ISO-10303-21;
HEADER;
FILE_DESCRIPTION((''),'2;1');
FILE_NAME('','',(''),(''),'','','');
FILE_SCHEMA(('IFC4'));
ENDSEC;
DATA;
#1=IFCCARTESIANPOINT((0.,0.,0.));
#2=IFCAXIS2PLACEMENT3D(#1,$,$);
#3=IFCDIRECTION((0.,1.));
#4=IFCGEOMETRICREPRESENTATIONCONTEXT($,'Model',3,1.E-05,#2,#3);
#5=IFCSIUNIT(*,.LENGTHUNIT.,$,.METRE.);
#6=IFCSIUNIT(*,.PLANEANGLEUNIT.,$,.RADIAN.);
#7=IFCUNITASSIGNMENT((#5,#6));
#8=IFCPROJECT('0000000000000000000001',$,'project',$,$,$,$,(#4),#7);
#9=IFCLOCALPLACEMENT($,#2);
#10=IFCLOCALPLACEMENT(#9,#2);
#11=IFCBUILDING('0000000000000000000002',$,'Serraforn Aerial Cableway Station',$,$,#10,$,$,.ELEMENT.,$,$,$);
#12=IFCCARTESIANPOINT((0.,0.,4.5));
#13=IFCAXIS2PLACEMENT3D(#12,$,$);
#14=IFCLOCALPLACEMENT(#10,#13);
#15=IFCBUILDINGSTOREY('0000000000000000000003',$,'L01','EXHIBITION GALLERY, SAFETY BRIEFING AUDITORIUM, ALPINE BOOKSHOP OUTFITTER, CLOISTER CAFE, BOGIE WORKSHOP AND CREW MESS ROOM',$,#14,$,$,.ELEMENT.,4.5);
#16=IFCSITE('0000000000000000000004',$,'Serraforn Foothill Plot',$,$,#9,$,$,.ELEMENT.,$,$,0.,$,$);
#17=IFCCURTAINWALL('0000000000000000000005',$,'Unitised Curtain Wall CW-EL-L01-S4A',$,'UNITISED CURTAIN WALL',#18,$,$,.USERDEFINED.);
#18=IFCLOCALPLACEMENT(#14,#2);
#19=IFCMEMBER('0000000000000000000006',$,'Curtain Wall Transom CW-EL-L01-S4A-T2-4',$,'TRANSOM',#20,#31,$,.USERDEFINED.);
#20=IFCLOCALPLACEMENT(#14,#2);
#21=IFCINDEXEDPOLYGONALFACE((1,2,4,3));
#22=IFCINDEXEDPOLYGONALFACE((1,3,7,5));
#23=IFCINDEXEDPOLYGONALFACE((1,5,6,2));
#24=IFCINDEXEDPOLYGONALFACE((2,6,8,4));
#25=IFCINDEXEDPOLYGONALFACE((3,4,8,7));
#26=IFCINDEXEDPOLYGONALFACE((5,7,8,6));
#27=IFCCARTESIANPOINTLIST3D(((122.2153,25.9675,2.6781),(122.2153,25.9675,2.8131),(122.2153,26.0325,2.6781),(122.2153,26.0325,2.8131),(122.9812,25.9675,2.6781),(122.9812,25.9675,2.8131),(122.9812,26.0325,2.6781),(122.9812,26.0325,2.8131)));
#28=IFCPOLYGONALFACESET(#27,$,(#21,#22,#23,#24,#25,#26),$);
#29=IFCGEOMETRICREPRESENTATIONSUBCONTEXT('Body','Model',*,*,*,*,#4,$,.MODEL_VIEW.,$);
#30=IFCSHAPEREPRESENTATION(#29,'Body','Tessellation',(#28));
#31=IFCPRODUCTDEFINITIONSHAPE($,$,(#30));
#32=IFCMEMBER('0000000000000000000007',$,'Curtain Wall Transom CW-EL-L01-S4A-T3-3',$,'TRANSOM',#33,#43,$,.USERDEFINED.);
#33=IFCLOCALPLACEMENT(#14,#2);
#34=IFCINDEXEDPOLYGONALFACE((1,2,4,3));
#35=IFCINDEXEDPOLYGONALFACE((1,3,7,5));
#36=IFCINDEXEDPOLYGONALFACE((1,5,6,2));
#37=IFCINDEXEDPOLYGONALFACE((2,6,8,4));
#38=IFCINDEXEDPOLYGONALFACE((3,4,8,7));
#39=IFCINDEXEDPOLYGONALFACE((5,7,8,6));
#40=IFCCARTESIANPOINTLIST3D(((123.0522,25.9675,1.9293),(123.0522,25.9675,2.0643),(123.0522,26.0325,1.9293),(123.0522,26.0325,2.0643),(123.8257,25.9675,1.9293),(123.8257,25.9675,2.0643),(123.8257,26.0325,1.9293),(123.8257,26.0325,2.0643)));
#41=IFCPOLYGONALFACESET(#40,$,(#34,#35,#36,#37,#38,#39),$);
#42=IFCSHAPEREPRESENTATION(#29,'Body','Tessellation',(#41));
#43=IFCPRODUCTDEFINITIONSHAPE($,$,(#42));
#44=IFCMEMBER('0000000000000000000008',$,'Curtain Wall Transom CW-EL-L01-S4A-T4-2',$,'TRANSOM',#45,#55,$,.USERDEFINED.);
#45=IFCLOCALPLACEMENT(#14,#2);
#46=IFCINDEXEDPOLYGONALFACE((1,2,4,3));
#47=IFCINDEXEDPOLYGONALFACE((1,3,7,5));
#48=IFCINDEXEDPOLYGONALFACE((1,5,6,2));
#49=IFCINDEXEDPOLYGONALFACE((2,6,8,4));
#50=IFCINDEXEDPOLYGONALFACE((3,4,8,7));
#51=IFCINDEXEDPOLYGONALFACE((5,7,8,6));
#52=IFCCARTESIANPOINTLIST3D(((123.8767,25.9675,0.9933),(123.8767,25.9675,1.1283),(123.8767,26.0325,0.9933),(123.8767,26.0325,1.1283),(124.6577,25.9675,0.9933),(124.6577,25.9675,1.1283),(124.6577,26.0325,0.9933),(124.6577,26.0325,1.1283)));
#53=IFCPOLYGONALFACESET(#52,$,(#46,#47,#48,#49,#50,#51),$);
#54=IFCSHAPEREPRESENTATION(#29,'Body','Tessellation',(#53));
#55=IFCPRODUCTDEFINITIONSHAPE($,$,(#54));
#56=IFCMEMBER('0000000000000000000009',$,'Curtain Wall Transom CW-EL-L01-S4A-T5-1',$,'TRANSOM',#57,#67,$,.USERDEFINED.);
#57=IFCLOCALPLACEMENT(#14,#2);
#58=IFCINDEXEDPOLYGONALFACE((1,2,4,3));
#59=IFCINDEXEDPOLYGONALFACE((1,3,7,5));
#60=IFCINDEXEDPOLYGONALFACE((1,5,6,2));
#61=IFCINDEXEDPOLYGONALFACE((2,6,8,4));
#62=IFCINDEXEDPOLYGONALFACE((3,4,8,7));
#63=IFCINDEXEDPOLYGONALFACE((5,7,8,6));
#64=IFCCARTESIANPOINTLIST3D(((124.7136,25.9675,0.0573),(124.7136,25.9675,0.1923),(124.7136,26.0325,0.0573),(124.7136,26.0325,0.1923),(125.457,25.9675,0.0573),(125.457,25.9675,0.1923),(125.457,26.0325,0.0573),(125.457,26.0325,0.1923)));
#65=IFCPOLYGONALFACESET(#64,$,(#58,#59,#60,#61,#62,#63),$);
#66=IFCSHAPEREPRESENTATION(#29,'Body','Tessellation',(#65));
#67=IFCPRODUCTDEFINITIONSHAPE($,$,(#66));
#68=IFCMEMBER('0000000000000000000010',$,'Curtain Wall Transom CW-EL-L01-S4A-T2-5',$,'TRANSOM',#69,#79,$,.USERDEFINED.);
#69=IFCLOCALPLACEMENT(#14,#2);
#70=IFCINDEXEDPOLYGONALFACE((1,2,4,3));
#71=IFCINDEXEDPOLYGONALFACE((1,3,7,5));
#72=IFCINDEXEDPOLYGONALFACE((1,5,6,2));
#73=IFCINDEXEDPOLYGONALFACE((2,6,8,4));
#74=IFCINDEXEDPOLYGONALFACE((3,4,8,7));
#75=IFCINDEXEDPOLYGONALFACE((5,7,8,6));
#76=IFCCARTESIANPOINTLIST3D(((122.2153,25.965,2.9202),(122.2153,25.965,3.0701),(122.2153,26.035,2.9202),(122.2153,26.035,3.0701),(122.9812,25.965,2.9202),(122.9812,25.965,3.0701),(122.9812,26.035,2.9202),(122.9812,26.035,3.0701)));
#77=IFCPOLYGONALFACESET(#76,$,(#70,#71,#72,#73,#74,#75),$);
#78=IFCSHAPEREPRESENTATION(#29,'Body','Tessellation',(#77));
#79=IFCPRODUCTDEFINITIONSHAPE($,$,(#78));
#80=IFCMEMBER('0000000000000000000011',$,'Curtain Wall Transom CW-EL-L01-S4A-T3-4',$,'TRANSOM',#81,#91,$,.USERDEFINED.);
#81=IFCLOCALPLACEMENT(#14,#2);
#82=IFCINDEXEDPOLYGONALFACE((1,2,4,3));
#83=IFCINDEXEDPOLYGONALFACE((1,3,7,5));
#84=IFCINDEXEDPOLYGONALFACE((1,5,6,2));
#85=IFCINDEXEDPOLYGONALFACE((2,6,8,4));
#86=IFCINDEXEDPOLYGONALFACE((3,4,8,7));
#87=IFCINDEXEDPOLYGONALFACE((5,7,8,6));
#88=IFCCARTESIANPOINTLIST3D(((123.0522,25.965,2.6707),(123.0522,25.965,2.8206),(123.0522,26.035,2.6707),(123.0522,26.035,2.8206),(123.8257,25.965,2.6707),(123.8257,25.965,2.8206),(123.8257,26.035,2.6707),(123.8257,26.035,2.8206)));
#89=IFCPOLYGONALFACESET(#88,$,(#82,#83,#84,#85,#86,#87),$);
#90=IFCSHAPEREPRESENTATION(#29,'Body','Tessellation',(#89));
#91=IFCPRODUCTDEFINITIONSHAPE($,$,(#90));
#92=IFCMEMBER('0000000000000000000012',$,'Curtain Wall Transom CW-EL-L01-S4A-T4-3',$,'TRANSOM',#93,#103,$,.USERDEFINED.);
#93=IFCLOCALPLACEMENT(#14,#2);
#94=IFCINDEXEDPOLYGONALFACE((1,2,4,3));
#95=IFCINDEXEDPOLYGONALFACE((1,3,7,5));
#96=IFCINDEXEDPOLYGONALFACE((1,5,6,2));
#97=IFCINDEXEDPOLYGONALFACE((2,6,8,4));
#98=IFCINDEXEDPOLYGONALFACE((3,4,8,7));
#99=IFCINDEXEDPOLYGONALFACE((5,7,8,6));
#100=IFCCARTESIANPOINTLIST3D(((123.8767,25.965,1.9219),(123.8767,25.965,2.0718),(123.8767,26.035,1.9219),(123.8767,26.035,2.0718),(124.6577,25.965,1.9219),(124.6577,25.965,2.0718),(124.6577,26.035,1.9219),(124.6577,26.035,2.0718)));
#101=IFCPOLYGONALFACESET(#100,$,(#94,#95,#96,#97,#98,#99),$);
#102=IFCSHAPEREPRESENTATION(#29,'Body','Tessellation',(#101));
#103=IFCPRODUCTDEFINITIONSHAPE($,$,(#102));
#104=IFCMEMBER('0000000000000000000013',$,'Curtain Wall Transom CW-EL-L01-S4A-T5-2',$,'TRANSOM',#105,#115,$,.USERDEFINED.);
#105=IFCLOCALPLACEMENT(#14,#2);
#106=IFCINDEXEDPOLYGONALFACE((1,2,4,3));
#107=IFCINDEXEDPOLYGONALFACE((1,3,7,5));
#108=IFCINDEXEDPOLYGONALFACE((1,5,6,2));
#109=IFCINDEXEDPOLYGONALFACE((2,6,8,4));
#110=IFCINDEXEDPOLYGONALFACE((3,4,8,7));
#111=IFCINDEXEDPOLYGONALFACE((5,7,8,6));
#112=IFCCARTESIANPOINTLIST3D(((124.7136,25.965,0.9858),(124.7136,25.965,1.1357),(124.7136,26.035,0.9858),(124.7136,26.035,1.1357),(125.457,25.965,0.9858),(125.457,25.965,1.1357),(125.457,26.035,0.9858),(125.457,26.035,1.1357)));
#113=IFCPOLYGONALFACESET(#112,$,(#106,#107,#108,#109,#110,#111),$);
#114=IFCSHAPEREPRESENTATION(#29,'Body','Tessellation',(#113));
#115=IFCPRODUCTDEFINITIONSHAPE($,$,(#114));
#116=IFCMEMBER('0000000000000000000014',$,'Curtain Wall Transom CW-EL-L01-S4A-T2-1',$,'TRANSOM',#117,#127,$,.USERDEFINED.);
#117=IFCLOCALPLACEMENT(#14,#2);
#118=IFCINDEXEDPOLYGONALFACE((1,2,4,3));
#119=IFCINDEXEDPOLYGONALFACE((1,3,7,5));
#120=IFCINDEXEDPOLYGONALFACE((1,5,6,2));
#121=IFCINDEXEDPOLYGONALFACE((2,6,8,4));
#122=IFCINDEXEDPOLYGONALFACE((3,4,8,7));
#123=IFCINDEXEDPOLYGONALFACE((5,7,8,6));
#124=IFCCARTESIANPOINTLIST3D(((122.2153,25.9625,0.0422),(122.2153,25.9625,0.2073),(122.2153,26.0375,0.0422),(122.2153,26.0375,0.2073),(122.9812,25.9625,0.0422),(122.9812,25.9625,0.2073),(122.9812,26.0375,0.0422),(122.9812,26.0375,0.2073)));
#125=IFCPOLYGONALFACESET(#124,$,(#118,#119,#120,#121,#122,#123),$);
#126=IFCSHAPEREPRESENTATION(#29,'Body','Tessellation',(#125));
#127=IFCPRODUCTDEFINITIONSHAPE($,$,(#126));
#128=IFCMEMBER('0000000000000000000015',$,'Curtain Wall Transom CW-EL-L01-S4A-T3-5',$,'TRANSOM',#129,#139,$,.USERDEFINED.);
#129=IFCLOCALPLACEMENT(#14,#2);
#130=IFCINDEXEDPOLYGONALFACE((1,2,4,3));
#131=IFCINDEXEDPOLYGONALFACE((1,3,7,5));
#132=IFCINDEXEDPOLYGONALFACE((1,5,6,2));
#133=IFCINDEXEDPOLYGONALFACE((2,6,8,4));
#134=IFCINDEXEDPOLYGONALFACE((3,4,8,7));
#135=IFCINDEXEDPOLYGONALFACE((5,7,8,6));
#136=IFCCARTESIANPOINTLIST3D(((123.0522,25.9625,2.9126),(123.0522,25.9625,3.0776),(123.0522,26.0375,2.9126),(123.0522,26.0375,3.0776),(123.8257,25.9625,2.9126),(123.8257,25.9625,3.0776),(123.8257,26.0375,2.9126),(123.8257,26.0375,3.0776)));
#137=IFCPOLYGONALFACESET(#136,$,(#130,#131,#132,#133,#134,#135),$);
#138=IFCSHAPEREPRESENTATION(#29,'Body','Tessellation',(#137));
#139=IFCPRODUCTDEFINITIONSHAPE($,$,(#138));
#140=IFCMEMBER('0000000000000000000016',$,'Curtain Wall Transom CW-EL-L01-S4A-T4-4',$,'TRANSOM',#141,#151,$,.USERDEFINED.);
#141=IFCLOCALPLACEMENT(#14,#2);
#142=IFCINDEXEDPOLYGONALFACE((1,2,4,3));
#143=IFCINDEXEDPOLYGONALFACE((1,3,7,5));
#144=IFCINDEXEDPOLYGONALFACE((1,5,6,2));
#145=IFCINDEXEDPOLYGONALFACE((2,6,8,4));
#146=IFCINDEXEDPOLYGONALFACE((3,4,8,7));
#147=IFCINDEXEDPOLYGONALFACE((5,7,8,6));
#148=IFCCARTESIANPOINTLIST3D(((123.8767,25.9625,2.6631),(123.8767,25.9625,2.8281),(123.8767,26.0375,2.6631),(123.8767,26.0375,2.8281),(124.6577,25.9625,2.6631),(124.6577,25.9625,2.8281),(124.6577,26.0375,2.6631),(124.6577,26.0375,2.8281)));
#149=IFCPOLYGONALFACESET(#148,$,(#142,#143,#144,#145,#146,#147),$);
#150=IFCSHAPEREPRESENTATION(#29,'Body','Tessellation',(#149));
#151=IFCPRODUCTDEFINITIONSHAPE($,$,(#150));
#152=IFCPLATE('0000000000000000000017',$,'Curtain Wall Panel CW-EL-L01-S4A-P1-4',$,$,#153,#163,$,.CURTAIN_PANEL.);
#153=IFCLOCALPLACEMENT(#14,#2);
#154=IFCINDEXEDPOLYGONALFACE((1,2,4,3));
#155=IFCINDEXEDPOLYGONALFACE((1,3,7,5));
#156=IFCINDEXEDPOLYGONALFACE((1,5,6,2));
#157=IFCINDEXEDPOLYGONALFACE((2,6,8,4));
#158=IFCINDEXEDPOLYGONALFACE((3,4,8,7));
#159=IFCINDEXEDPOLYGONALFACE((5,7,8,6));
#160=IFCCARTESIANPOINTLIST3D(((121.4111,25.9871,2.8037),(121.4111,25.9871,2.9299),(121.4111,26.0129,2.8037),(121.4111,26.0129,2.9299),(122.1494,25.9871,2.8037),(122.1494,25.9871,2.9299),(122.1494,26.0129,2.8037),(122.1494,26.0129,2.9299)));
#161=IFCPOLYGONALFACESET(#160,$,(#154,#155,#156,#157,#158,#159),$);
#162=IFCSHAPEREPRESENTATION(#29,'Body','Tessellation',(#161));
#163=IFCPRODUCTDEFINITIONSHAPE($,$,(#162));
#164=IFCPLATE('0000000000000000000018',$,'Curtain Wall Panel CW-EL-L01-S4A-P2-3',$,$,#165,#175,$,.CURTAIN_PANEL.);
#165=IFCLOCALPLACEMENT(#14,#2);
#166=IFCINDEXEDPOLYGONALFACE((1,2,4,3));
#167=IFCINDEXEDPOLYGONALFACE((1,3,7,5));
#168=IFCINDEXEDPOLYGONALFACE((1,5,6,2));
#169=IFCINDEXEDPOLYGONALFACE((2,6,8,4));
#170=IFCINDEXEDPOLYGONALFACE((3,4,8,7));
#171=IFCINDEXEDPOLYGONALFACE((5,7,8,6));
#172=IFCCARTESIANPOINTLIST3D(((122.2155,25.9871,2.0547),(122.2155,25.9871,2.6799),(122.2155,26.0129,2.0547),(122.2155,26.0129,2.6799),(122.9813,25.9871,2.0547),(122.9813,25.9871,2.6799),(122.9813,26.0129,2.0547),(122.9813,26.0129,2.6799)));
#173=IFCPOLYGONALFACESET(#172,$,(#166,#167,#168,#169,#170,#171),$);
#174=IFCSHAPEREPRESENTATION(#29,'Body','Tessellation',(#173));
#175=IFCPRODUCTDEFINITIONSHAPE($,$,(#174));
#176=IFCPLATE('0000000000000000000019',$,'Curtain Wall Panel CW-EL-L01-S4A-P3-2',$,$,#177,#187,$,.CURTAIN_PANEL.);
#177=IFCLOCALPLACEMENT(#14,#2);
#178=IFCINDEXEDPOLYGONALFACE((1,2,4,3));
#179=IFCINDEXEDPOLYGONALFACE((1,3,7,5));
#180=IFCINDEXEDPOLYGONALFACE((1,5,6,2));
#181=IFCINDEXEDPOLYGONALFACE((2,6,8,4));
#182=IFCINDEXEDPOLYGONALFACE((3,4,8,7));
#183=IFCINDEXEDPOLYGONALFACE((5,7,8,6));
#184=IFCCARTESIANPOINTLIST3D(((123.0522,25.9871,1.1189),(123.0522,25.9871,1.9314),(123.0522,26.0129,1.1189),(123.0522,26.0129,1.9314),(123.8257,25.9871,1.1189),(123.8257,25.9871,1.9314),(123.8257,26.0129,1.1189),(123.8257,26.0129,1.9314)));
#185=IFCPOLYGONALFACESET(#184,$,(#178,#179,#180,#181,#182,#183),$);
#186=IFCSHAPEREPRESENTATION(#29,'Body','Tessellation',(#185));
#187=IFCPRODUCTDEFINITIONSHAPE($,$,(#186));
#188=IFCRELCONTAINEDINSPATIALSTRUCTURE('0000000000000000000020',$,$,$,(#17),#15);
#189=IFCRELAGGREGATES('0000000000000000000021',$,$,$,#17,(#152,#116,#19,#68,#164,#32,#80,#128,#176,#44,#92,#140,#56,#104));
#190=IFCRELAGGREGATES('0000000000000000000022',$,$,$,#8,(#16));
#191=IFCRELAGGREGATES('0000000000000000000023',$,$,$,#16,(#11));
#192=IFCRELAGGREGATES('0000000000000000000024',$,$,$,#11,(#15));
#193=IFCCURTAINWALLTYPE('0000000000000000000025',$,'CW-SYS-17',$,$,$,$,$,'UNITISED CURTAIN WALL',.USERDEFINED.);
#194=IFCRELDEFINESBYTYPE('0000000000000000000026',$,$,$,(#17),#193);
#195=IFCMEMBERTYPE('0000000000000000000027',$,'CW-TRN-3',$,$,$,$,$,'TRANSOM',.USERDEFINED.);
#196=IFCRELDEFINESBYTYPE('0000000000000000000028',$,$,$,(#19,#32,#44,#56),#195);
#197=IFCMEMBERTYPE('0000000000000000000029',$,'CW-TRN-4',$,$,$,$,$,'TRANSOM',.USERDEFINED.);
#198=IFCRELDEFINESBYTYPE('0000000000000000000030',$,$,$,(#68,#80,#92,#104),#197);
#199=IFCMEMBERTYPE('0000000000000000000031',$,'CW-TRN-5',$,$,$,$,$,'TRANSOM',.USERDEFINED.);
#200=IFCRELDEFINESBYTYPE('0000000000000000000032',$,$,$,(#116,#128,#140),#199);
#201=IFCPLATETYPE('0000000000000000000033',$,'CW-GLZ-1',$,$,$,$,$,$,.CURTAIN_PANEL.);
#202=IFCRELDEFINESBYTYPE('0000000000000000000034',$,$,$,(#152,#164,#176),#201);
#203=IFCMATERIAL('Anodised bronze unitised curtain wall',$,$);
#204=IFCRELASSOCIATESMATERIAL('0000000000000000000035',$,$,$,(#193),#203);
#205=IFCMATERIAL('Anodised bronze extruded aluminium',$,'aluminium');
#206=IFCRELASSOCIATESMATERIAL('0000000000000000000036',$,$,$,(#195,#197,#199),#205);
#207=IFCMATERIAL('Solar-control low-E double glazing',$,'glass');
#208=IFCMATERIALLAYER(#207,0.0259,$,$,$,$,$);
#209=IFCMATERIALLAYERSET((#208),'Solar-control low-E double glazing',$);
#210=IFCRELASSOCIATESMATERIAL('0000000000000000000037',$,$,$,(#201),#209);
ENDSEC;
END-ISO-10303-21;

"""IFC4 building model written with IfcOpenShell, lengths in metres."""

from ifc_helpers import new_model, si_unit, direction, frame, origin, origin_2d, place, context, subcontext, project, spatial, rectangle, extrude, material, layer, layer_set, material_profile, profile_set, type_object, element, aggregate, save


model = new_model("IFC4")

# Units and contexts
model_context = context("Model", 3, precision=1e-05, world=origin(), true_north=direction((0.0, 1.0)))
body_context = subcontext(model_context, "Body", "Model", "MODEL_VIEW")
ifc_project = project(units=[si_unit("LENGTHUNIT", "METRE"), si_unit("PLANEANGLEUNIT", "RADIAN")], contexts=[model_context])

# Site, building, storey
site_placement = place(None, origin())
site = spatial("IfcSite", under=ifc_project, at=site_placement, Name="Serraforn Foothill Plot", CompositionType="ELEMENT", RefElevation=0.0)
building_placement = place(site_placement, origin())
building = spatial("IfcBuilding", under=site, at=building_placement, Name="Serraforn Aerial Cableway Station", CompositionType="ELEMENT")
storey_placement = place(building_placement, frame((0.0, 0.0, 4.5)))
storey = spatial("IfcBuildingStorey", under=building, at=storey_placement, Name="L01", Description="EXHIBITION GALLERY, SAFETY BRIEFING AUDITORIUM, ALPINE BOOKSHOP OUTFITTER, CLOISTER CAFE, BOGIE WORKSHOP AND CREW MESS ROOM", CompositionType="ELEMENT", Elevation=4.5)

# Curtain wall, members, plates
ifc_material_1 = material(Name="Anodised bronze unitised curtain wall")
curtain_wall_type = type_object("IfcCurtainWallType", Name="CW-SYS-17", ElementType="UNITISED CURTAIN WALL", PredefinedType="USERDEFINED", material=ifc_material_1)
curtain_wall_placement = place(storey_placement, origin())
curtain_wall = element("IfcCurtainWall", 1, at=curtain_wall_placement, inside=storey, type_object=curtain_wall_type, Name="Unitised Curtain Wall CW-EL-L01-S4A", ObjectType="UNITISED CURTAIN WALL", PredefinedType="USERDEFINED")
ifc_material_2 = material(Name="Anodised bronze extruded aluminium", Category="aluminium")
ifc_material_profile_1 = material_profile(ifc_material_2, rectangle(XDim=0.0649, YDim=0.135, at=origin_2d()), Name="CW TRANSOM 65x135")
ifc_profile_set_1 = profile_set([ifc_material_profile_1], Name="Anodised bronze extruded aluminium")
member_type_1 = type_object("IfcMemberType", Name="CW-TRN-3", ElementType="TRANSOM", PredefinedType="USERDEFINED", material=ifc_profile_set_1)
member_1_placement = place(storey_placement, frame((122.2153, 26.0, 2.7456), z_axis=(1.0, 0.0, 0.0), x_axis=(0.0, 1.0, 0.0)))
member_1 = element("IfcMember", 2, at=member_1_placement, type_object=member_type_1, Name="Curtain Wall Transom CW-EL-L01-S4A-T2-4", ObjectType="TRANSOM", PredefinedType="USERDEFINED", context=body_context, shape_type="SweptSolid", body=[
    extrude(rectangle(XDim=0.0649, YDim=0.135, at=origin_2d()), origin(), (0.0, 0.0, 1.0), 0.7659),
])
member_2_placement = place(storey_placement, frame((123.0522, 26.0, 1.9968), z_axis=(1.0, 0.0, 0.0), x_axis=(0.0, 1.0, 0.0)))
member_2 = element("IfcMember", 3, at=member_2_placement, type_object=member_type_1, Name="Curtain Wall Transom CW-EL-L01-S4A-T3-3", ObjectType="TRANSOM", PredefinedType="USERDEFINED", context=body_context, shape_type="SweptSolid", body=[
    extrude(rectangle(XDim=0.0649, YDim=0.135, at=origin_2d()), origin(), (0.0, 0.0, 1.0), 0.7734),
])
member_3_placement = place(storey_placement, frame((123.8767, 26.0, 1.0608), z_axis=(1.0, 0.0, 0.0), x_axis=(0.0, 1.0, 0.0)))
member_3 = element("IfcMember", 4, at=member_3_placement, type_object=member_type_1, Name="Curtain Wall Transom CW-EL-L01-S4A-T4-2", ObjectType="TRANSOM", PredefinedType="USERDEFINED", context=body_context, shape_type="SweptSolid", body=[
    extrude(rectangle(XDim=0.0649, YDim=0.135, at=origin_2d()), origin(), (0.0, 0.0, 1.0), 0.781),
])
member_4_placement = place(storey_placement, frame((124.7136, 26.0, 0.1248), z_axis=(1.0, 0.0, 0.0), x_axis=(0.0, 1.0, 0.0)))
member_4 = element("IfcMember", 5, at=member_4_placement, type_object=member_type_1, Name="Curtain Wall Transom CW-EL-L01-S4A-T5-1", ObjectType="TRANSOM", PredefinedType="USERDEFINED", context=body_context, shape_type="SweptSolid", body=[
    extrude(rectangle(XDim=0.0649, YDim=0.135, at=origin_2d()), origin(), (0.0, 0.0, 1.0), 0.7434),
])
ifc_material_profile_2 = material_profile(ifc_material_2, rectangle(XDim=0.0701, YDim=0.1499, at=origin_2d()), Name="CW TRANSOM 70x150")
ifc_profile_set_2 = profile_set([ifc_material_profile_2], Name="Anodised bronze extruded aluminium")
member_type_2 = type_object("IfcMemberType", Name="CW-TRN-4", ElementType="TRANSOM", PredefinedType="USERDEFINED", material=ifc_profile_set_2)
member_5_placement = place(storey_placement, frame((122.2153, 26.0, 2.9951), z_axis=(1.0, 0.0, 0.0), x_axis=(0.0, 1.0, 0.0)))
member_5 = element("IfcMember", 6, at=member_5_placement, type_object=member_type_2, Name="Curtain Wall Transom CW-EL-L01-S4A-T2-5", ObjectType="TRANSOM", PredefinedType="USERDEFINED", context=body_context, shape_type="SweptSolid", body=[
    extrude(rectangle(XDim=0.0701, YDim=0.1499, at=origin_2d()), origin(), (0.0, 0.0, 1.0), 0.7659),
])
member_6_placement = place(storey_placement, frame((123.0522, 26.0, 2.7456), z_axis=(1.0, 0.0, 0.0), x_axis=(0.0, 1.0, 0.0)))
member_6 = element("IfcMember", 7, at=member_6_placement, type_object=member_type_2, Name="Curtain Wall Transom CW-EL-L01-S4A-T3-4", ObjectType="TRANSOM", PredefinedType="USERDEFINED", context=body_context, shape_type="SweptSolid", body=[
    extrude(rectangle(XDim=0.0701, YDim=0.1499, at=origin_2d()), origin(), (0.0, 0.0, 1.0), 0.7734),
])
member_7_placement = place(storey_placement, frame((123.8767, 26.0, 1.9968), z_axis=(1.0, 0.0, 0.0), x_axis=(0.0, 1.0, 0.0)))
member_7 = element("IfcMember", 8, at=member_7_placement, type_object=member_type_2, Name="Curtain Wall Transom CW-EL-L01-S4A-T4-3", ObjectType="TRANSOM", PredefinedType="USERDEFINED", context=body_context, shape_type="SweptSolid", body=[
    extrude(rectangle(XDim=0.0701, YDim=0.1499, at=origin_2d()), origin(), (0.0, 0.0, 1.0), 0.781),
])
member_8_placement = place(storey_placement, frame((124.7136, 26.0, 1.0608), z_axis=(1.0, 0.0, 0.0), x_axis=(0.0, 1.0, 0.0)))
member_8 = element("IfcMember", 9, at=member_8_placement, type_object=member_type_2, Name="Curtain Wall Transom CW-EL-L01-S4A-T5-2", ObjectType="TRANSOM", PredefinedType="USERDEFINED", context=body_context, shape_type="SweptSolid", body=[
    extrude(rectangle(XDim=0.0701, YDim=0.1499, at=origin_2d()), origin(), (0.0, 0.0, 1.0), 0.7434),
])
ifc_material_profile_3 = material_profile(ifc_material_2, rectangle(XDim=0.075, YDim=0.165, at=origin_2d()), Name="CW TRANSOM 75x165")
ifc_profile_set_3 = profile_set([ifc_material_profile_3], Name="Anodised bronze extruded aluminium")
member_type_3 = type_object("IfcMemberType", Name="CW-TRN-5", ElementType="TRANSOM", PredefinedType="USERDEFINED", material=ifc_profile_set_3)
member_9_placement = place(storey_placement, frame((122.2153, 26.0, 0.1248), z_axis=(1.0, 0.0, 0.0), x_axis=(0.0, 1.0, 0.0)))
member_9 = element("IfcMember", 10, at=member_9_placement, type_object=member_type_3, Name="Curtain Wall Transom CW-EL-L01-S4A-T2-1", ObjectType="TRANSOM", PredefinedType="USERDEFINED", context=body_context, shape_type="SweptSolid", body=[
    extrude(rectangle(XDim=0.075, YDim=0.165, at=origin_2d()), origin(), (0.0, 0.0, 1.0), 0.7659),
])
member_10_placement = place(storey_placement, frame((123.0522, 26.0, 2.9951), z_axis=(1.0, 0.0, 0.0), x_axis=(0.0, 1.0, 0.0)))
member_10 = element("IfcMember", 11, at=member_10_placement, type_object=member_type_3, Name="Curtain Wall Transom CW-EL-L01-S4A-T3-5", ObjectType="TRANSOM", PredefinedType="USERDEFINED", context=body_context, shape_type="SweptSolid", body=[
    extrude(rectangle(XDim=0.075, YDim=0.165, at=origin_2d()), origin(), (0.0, 0.0, 1.0), 0.7734),
])
member_11_placement = place(storey_placement, frame((123.8767, 26.0, 2.7456), z_axis=(1.0, 0.0, 0.0), x_axis=(0.0, 1.0, 0.0)))
member_11 = element("IfcMember", 12, at=member_11_placement, type_object=member_type_3, Name="Curtain Wall Transom CW-EL-L01-S4A-T4-4", ObjectType="TRANSOM", PredefinedType="USERDEFINED", context=body_context, shape_type="SweptSolid", body=[
    extrude(rectangle(XDim=0.075, YDim=0.165, at=origin_2d()), origin(), (0.0, 0.0, 1.0), 0.781),
])
ifc_material_3 = material(Name="Solar-control low-E double glazing", Category="glass")
ifc_layer_1 = layer(ifc_material_3, 0.0259)
ifc_layer_set_1 = layer_set([ifc_layer_1], Name="Solar-control low-E double glazing")
plate_type_1 = type_object("IfcPlateType", Name="CW-GLZ-1", PredefinedType="CURTAIN_PANEL", material=ifc_layer_set_1)
plate_1_placement = place(storey_placement, frame((121.7803, 26.0, 2.8037), z_axis=(0.0, 0.0, 1.0), x_axis=(1.0, 0.0, 0.0)))
plate_1 = element("IfcPlate", 13, at=plate_1_placement, type_object=plate_type_1, Name="Curtain Wall Panel CW-EL-L01-S4A-P1-4", PredefinedType="CURTAIN_PANEL", context=body_context, shape_type="SweptSolid", body=[
    extrude(rectangle(XDim=0.7383, YDim=0.0259, at=origin_2d()), origin(), (0.0, 0.0, 1.0), 0.1262),
])
plate_2_placement = place(storey_placement, frame((122.5984, 26.0, 2.0547), z_axis=(0.0, 0.0, 1.0), x_axis=(1.0, 0.0, 0.0)))
plate_2 = element("IfcPlate", 14, at=plate_2_placement, type_object=plate_type_1, Name="Curtain Wall Panel CW-EL-L01-S4A-P2-3", PredefinedType="CURTAIN_PANEL", context=body_context, shape_type="SweptSolid", body=[
    extrude(rectangle(XDim=0.7659, YDim=0.0259, at=origin_2d()), origin(), (0.0, 0.0, 1.0), 0.6252),
])
plate_3_placement = place(storey_placement, frame((123.439, 26.0, 1.1189), z_axis=(0.0, 0.0, 1.0), x_axis=(1.0, 0.0, 0.0)))
plate_3 = element("IfcPlate", 15, at=plate_3_placement, type_object=plate_type_1, Name="Curtain Wall Panel CW-EL-L01-S4A-P3-2", PredefinedType="CURTAIN_PANEL", context=body_context, shape_type="SweptSolid", body=[
    extrude(rectangle(XDim=0.7734, YDim=0.0259, at=origin_2d()), origin(), (0.0, 0.0, 1.0), 0.8125),
])
aggregate(curtain_wall, [plate_1, member_9, member_1, member_5, plate_2, member_2, member_6, member_10, plate_3, member_3, member_7, member_11, member_4, member_8])

save(model, "model.ifc")
